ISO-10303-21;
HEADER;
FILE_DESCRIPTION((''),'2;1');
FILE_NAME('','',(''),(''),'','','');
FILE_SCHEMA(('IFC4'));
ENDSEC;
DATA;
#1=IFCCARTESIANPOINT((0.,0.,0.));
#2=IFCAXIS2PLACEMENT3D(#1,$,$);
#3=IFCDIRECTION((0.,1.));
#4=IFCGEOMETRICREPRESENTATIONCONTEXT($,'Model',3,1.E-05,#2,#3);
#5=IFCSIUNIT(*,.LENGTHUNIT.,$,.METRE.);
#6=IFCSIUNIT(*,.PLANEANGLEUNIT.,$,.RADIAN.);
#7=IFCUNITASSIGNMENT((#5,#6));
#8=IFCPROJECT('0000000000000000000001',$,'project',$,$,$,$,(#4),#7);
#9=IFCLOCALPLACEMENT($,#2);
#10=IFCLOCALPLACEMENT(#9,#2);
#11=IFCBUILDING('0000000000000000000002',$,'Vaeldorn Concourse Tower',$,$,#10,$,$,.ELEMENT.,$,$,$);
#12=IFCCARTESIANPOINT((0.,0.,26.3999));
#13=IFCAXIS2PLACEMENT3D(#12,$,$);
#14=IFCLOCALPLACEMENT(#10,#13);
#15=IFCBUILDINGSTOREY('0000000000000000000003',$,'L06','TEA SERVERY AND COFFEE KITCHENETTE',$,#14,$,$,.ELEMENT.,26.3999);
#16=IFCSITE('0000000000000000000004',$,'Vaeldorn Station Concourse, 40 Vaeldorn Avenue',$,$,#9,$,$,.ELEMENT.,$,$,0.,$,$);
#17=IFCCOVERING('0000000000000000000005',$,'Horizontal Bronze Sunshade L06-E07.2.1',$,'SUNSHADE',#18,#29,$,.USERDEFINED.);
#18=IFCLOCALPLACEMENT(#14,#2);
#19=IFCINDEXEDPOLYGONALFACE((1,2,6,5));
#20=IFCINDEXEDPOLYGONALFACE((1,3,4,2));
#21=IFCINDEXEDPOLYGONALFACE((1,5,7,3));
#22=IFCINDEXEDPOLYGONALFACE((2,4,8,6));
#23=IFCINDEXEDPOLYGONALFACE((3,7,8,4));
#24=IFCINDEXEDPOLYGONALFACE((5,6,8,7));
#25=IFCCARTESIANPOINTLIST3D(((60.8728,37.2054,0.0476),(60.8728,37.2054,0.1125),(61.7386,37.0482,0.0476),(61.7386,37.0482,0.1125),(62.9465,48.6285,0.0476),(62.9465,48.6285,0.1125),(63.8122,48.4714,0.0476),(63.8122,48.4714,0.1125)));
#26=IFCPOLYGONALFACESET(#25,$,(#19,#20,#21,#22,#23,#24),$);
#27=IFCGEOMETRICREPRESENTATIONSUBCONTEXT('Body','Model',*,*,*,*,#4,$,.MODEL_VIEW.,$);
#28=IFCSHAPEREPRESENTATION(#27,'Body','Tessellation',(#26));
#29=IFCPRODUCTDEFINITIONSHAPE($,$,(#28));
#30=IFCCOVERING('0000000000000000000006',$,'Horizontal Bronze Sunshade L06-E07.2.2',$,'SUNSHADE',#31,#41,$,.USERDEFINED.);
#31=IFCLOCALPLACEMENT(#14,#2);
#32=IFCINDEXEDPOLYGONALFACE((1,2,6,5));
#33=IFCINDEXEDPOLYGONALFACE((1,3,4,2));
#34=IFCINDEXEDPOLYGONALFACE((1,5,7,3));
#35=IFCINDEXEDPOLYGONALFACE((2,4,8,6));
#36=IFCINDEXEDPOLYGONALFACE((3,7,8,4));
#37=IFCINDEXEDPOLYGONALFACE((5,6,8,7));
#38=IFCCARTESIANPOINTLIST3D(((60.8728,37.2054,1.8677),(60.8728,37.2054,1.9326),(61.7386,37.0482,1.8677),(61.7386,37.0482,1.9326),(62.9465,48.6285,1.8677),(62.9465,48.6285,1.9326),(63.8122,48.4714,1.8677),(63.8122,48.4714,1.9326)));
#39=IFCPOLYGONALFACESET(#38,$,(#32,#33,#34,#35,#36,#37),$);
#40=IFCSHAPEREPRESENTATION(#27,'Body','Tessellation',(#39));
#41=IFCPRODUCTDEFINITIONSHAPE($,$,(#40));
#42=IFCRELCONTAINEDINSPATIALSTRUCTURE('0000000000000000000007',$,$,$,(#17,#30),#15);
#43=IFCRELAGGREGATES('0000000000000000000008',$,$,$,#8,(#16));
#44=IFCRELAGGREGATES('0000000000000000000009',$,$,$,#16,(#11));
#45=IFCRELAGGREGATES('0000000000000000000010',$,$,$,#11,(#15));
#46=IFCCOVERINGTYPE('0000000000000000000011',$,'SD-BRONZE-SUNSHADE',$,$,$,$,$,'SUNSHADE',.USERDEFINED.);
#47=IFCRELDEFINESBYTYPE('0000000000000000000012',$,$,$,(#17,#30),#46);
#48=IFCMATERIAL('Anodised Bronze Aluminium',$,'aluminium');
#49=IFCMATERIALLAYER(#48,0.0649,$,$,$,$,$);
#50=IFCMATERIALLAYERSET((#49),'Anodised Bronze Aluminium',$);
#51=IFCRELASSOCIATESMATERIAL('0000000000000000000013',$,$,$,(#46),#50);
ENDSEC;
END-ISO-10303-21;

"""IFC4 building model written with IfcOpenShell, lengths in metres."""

from ifc_helpers import new_model, si_unit, direction, frame, origin, origin_2d, place, context, subcontext, project, spatial, rectangle, extrude, source, transform, mapped, material, layer, layer_set, type_object, element, save


model = new_model("IFC4")

# Units and contexts
model_context = context("Model", 3, precision=1e-05, world=origin(), true_north=direction((0.0, 1.0)))
body_context = subcontext(model_context, "Body", "Model", "MODEL_VIEW")
ifc_project = project(units=[si_unit("LENGTHUNIT", "METRE"), si_unit("PLANEANGLEUNIT", "RADIAN")], contexts=[model_context])

# Site, building, storey
site_placement = place(None, origin())
site = spatial("IfcSite", under=ifc_project, at=site_placement, Name="Vaeldorn Station Concourse, 40 Vaeldorn Avenue", CompositionType="ELEMENT", RefElevation=0.0)
building_placement = place(site_placement, origin())
building = spatial("IfcBuilding", under=site, at=building_placement, Name="Vaeldorn Concourse Tower", CompositionType="ELEMENT")
storey_placement = place(building_placement, frame((0.0, 0.0, 26.3999)))
storey = spatial("IfcBuildingStorey", under=building, at=storey_placement, Name="L06", Description="TEA SERVERY AND COFFEE KITCHENETTE", CompositionType="ELEMENT", Elevation=26.3999)

# Shared definitions
ifc_material_1 = material(Name="Anodised Bronze Aluminium", Category="aluminium")

# Coverings
ifc_layer_1 = layer(ifc_material_1, 0.0649)
ifc_layer_set_1 = layer_set([ifc_layer_1], Name="Anodised Bronze Aluminium")
covering_type = type_object("IfcCoveringType", Name="SD-BRONZE-SUNSHADE", ElementType="SUNSHADE", PredefinedType="USERDEFINED", material=ifc_layer_set_1)
shared_shape_1 = source(origin(), body_context, "Body", "SweptSolid", [
    extrude(rectangle(XDim=11.6099, YDim=0.8799, at=origin_2d()), origin(), (0.0, 0.0, 1.0), 0.0649),
])
for number, where, z_axis, x_axis, name in (
    (1, (62.3425, 42.8384, 0.0476), (0.0, 0.0, 1.0), (0.178613, 0.983919, 0.0), "Horizontal Bronze Sunshade L06-E07.2.1"),
    (2, (62.3425, 42.8384, 1.8677), (0.0, 0.0, 1.0), (0.178613, 0.983919, 0.0), "Horizontal Bronze Sunshade L06-E07.2.2"),
):
    element("IfcCovering", number, at=place(storey_placement, frame(where, z_axis=z_axis, x_axis=x_axis)), inside=storey, type_object=covering_type, Name=name, ObjectType="SUNSHADE", PredefinedType="USERDEFINED", context=body_context, shape_type="MappedRepresentation", body=[
        mapped(shared_shape_1, transform((0.0, 0.0, 0.0), scale=1.0)),
    ])

save(model, "model.ifc")
